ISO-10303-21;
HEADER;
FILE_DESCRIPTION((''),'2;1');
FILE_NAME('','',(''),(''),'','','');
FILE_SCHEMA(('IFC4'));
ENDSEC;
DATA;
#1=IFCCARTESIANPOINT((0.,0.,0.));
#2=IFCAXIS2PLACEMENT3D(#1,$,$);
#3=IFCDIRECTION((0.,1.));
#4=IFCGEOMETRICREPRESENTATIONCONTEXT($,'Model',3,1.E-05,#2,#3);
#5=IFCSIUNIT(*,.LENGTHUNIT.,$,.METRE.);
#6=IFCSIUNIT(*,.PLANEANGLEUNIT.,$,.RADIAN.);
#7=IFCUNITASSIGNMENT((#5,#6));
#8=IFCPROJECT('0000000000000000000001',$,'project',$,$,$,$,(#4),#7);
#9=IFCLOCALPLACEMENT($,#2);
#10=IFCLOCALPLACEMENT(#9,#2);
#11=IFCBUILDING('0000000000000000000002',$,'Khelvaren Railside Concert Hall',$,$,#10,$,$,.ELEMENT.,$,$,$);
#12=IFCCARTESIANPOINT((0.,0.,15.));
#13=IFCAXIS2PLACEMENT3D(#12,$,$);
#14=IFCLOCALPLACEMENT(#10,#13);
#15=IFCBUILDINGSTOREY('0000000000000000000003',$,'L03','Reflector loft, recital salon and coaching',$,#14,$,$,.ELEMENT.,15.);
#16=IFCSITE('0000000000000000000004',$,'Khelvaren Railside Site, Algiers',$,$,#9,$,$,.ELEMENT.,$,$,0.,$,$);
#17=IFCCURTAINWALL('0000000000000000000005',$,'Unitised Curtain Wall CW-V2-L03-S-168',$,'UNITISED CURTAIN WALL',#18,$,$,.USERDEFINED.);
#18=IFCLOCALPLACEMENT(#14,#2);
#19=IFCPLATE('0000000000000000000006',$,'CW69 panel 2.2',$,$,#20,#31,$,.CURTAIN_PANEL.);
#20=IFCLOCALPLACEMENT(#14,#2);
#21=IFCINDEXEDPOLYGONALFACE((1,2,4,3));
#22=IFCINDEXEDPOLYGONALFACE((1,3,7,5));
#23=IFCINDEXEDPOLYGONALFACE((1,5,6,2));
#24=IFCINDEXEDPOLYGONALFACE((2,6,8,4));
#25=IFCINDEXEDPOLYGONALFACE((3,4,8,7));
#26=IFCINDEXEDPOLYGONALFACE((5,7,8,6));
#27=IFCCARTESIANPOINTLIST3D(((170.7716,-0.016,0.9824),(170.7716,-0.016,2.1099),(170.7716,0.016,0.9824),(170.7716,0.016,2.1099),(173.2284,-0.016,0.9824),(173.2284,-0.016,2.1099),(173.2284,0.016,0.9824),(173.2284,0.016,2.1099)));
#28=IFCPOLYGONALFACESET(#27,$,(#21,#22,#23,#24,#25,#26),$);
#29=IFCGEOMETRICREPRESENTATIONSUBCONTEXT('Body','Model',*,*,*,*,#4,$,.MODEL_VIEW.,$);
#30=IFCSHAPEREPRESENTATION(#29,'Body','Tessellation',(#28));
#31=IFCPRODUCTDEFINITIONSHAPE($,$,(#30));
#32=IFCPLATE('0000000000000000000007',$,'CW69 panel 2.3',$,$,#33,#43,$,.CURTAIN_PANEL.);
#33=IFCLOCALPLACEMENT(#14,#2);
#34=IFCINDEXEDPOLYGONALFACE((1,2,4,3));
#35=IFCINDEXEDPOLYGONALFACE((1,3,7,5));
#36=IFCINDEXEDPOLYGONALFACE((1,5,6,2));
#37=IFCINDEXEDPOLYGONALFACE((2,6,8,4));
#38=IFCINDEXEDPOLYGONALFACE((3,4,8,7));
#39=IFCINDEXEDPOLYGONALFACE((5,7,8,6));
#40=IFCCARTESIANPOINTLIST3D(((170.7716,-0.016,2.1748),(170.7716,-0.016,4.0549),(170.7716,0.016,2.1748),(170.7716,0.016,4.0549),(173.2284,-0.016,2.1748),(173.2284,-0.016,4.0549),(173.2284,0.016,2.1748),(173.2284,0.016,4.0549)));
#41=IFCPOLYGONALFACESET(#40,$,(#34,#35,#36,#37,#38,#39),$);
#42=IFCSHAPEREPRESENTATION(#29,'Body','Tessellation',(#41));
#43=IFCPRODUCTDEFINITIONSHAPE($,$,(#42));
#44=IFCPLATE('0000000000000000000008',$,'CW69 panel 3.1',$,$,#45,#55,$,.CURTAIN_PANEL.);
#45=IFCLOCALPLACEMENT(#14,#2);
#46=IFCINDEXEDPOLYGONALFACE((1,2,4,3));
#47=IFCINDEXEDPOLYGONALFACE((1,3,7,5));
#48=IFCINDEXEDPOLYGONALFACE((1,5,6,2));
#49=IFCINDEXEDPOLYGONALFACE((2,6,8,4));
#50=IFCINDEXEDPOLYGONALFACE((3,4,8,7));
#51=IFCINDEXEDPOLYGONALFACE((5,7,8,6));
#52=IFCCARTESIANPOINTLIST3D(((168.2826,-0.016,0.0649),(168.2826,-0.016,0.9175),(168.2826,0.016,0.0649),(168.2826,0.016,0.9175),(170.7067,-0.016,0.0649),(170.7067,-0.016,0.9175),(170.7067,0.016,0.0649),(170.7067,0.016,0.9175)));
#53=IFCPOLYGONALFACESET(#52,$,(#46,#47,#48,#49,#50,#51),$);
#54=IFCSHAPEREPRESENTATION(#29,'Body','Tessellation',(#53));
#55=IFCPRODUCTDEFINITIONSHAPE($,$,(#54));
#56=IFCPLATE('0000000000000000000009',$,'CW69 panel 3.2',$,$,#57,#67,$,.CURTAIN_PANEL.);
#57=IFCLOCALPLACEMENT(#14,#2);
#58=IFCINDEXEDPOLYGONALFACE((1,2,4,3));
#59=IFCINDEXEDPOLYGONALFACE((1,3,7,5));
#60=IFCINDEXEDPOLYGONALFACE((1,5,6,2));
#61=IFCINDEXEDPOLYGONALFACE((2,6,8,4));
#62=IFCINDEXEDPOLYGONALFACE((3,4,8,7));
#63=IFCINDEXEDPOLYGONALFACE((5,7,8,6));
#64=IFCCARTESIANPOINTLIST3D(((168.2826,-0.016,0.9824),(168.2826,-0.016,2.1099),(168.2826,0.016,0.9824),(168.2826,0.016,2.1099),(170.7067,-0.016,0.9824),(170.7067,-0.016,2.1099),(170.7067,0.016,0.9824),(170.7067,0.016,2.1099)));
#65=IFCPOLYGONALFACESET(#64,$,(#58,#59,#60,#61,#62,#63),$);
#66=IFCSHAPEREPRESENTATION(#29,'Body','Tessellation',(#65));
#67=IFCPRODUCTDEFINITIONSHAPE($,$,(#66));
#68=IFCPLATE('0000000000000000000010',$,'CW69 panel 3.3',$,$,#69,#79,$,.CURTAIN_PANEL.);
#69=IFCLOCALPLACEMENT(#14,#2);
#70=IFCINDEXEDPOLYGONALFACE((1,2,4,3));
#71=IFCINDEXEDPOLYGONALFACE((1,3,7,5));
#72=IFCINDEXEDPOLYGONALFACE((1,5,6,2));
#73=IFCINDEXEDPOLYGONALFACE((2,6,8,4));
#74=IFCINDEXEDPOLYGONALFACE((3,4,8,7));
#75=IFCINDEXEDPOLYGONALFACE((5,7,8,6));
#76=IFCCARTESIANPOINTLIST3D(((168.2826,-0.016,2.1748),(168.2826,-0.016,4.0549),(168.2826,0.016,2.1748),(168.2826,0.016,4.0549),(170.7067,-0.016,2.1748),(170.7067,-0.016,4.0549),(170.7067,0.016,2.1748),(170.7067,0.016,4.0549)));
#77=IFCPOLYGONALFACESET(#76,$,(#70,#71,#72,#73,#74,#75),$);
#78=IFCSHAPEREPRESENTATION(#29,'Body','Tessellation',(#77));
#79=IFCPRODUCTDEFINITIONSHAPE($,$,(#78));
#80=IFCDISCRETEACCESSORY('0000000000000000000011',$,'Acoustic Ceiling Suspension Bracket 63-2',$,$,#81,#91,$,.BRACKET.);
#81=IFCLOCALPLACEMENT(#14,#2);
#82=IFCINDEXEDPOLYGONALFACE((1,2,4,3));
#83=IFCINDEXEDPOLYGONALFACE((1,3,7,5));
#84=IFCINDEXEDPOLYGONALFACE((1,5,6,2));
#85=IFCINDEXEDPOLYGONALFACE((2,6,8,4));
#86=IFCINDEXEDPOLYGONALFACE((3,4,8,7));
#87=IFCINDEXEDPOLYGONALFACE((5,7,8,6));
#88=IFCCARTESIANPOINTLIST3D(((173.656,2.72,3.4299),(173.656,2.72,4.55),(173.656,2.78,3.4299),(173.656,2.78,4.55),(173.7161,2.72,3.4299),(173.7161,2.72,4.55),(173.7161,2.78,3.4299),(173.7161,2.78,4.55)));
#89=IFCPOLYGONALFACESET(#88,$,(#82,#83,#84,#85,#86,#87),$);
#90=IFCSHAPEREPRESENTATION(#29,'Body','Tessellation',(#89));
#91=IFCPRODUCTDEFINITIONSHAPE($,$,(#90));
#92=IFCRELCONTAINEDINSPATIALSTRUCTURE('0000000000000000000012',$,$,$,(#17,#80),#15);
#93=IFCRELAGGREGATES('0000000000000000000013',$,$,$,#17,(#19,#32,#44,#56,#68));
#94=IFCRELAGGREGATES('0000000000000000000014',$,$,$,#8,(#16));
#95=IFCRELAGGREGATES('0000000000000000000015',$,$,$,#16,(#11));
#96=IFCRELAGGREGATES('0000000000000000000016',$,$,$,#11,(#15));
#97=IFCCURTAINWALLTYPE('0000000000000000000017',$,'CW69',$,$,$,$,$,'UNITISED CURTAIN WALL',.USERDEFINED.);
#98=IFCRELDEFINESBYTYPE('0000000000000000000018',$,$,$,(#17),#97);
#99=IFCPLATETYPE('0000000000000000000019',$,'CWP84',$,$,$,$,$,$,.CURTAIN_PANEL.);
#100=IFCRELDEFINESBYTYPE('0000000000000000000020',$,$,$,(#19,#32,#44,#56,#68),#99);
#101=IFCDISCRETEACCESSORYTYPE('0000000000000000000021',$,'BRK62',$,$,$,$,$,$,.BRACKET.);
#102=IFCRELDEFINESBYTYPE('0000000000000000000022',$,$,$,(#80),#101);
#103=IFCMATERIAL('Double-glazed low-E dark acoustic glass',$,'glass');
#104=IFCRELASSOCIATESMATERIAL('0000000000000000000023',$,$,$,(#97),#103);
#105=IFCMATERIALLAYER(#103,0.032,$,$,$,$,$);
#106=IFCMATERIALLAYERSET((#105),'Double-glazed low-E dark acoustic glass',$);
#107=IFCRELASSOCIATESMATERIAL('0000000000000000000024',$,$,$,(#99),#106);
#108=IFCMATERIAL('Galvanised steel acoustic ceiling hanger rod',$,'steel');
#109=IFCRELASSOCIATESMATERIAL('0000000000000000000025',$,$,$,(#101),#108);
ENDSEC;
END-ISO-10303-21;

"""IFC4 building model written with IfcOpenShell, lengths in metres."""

from ifc_helpers import new_model, si_unit, direction, frame, origin, origin_2d, place, context, subcontext, project, spatial, rectangle, extrude, material, layer, layer_set, type_object, element, aggregate, save


model = new_model("IFC4")

# Units and contexts
model_context = context("Model", 3, precision=1e-05, world=origin(), true_north=direction((0.0, 1.0)))
body_context = subcontext(model_context, "Body", "Model", "MODEL_VIEW")
ifc_project = project(units=[si_unit("LENGTHUNIT", "METRE"), si_unit("PLANEANGLEUNIT", "RADIAN")], contexts=[model_context])

# Site, building, storey
site_placement = place(None, origin())
site = spatial("IfcSite", under=ifc_project, at=site_placement, Name="Khelvaren Railside Site, Algiers", CompositionType="ELEMENT", RefElevation=0.0)
building_placement = place(site_placement, origin())
building = spatial("IfcBuilding", under=site, at=building_placement, Name="Khelvaren Railside Concert Hall", CompositionType="ELEMENT")
storey_placement = place(building_placement, frame((0.0, 0.0, 15.0)))
storey = spatial("IfcBuildingStorey", under=building, at=storey_placement, Name="L03", Description="Reflector loft, recital salon and coaching", CompositionType="ELEMENT", Elevation=15.0)

# Shared definitions
ifc_material_1 = material(Name="Double-glazed low-E dark acoustic glass", Category="glass")

# Curtain wall
curtain_wall_type_1 = type_object("IfcCurtainWallType", Name="CW69", ElementType="UNITISED CURTAIN WALL", PredefinedType="USERDEFINED", material=ifc_material_1)
curtain_wall_1_placement = place(storey_placement, origin())
curtain_wall_1 = element("IfcCurtainWall", 1, at=curtain_wall_1_placement, inside=storey, type_object=curtain_wall_type_1, Name="Unitised Curtain Wall CW-V2-L03-S-168", ObjectType="UNITISED CURTAIN WALL", PredefinedType="USERDEFINED")

# Plates
ifc_layer = layer(ifc_material_1, 0.032)
ifc_layer_set = layer_set([ifc_layer], Name="Double-glazed low-E dark acoustic glass")
plate_type = type_object("IfcPlateType", Name="CWP84", PredefinedType="CURTAIN_PANEL", material=ifc_layer_set)
plate_1_placement = place(storey_placement, frame((172.0, 0.0, 0.9824), z_axis=(0.0, 0.0, 1.0), x_axis=(-1.0, 0.0, 0.0)))
plate_1 = element("IfcPlate", 2, at=plate_1_placement, type_object=plate_type, Name="CW69 panel 2.2", PredefinedType="CURTAIN_PANEL", context=body_context, shape_type="SweptSolid", body=[
    extrude(rectangle(XDim=2.4568, YDim=0.032, at=origin_2d()), origin(), (0.0, 0.0, 1.0), 1.1274),
])
plate_2_placement = place(storey_placement, frame((172.0, 0.0, 2.1748), z_axis=(0.0, 0.0, 1.0), x_axis=(-1.0, 0.0, 0.0)))
plate_2 = element("IfcPlate", 3, at=plate_2_placement, type_object=plate_type, Name="CW69 panel 2.3", PredefinedType="CURTAIN_PANEL", context=body_context, shape_type="SweptSolid", body=[
    extrude(rectangle(XDim=2.4568, YDim=0.032, at=origin_2d()), origin(), (0.0, 0.0, 1.0), 1.8801),
])
plate_3_placement = place(storey_placement, frame((169.4946, 0.0, 0.0649), z_axis=(0.0, 0.0, 1.0), x_axis=(-1.0, 0.0, 0.0)))
plate_3 = element("IfcPlate", 4, at=plate_3_placement, type_object=plate_type, Name="CW69 panel 3.1", PredefinedType="CURTAIN_PANEL", context=body_context, shape_type="SweptSolid", body=[
    extrude(rectangle(XDim=2.4241, YDim=0.032, at=origin_2d()), origin(), (0.0, 0.0, 1.0), 0.8525),
])
plate_4_placement = place(storey_placement, frame((169.4946, 0.0, 0.9824), z_axis=(0.0, 0.0, 1.0), x_axis=(-1.0, 0.0, 0.0)))
plate_4 = element("IfcPlate", 5, at=plate_4_placement, type_object=plate_type, Name="CW69 panel 3.2", PredefinedType="CURTAIN_PANEL", context=body_context, shape_type="SweptSolid", body=[
    extrude(rectangle(XDim=2.4241, YDim=0.032, at=origin_2d()), origin(), (0.0, 0.0, 1.0), 1.1274),
])
plate_5_placement = place(storey_placement, frame((169.4946, 0.0, 2.1748), z_axis=(0.0, 0.0, 1.0), x_axis=(-1.0, 0.0, 0.0)))
plate_5 = element("IfcPlate", 6, at=plate_5_placement, type_object=plate_type, Name="CW69 panel 3.3", PredefinedType="CURTAIN_PANEL", context=body_context, shape_type="SweptSolid", body=[
    extrude(rectangle(XDim=2.4241, YDim=0.032, at=origin_2d()), origin(), (0.0, 0.0, 1.0), 1.8801),
])
aggregate(curtain_wall_1, [plate_1, plate_2, plate_3, plate_4, plate_5])

# Discrete accessory
ifc_material_2 = material(Name="Galvanised steel acoustic ceiling hanger rod", Category="steel")
discrete_accessory_type = type_object("IfcDiscreteAccessoryType", Name="BRK62", PredefinedType="BRACKET", material=ifc_material_2)
discrete_accessory_placement = place(storey_placement, frame((173.686, 2.75, 3.4299), z_axis=(0.0, 0.0, 1.0), x_axis=(1.0, 0.0, 0.0)))
element("IfcDiscreteAccessory", 7, at=discrete_accessory_placement, inside=storey, type_object=discrete_accessory_type, Name="Acoustic Ceiling Suspension Bracket 63-2", PredefinedType="BRACKET", context=body_context, shape_type="SweptSolid", body=[
    extrude(rectangle(XDim=0.0601, YDim=0.0601, at=origin_2d()), origin(), (0.0, 0.0, 1.0), 1.1201),
])

save(model, "model.ifc")
